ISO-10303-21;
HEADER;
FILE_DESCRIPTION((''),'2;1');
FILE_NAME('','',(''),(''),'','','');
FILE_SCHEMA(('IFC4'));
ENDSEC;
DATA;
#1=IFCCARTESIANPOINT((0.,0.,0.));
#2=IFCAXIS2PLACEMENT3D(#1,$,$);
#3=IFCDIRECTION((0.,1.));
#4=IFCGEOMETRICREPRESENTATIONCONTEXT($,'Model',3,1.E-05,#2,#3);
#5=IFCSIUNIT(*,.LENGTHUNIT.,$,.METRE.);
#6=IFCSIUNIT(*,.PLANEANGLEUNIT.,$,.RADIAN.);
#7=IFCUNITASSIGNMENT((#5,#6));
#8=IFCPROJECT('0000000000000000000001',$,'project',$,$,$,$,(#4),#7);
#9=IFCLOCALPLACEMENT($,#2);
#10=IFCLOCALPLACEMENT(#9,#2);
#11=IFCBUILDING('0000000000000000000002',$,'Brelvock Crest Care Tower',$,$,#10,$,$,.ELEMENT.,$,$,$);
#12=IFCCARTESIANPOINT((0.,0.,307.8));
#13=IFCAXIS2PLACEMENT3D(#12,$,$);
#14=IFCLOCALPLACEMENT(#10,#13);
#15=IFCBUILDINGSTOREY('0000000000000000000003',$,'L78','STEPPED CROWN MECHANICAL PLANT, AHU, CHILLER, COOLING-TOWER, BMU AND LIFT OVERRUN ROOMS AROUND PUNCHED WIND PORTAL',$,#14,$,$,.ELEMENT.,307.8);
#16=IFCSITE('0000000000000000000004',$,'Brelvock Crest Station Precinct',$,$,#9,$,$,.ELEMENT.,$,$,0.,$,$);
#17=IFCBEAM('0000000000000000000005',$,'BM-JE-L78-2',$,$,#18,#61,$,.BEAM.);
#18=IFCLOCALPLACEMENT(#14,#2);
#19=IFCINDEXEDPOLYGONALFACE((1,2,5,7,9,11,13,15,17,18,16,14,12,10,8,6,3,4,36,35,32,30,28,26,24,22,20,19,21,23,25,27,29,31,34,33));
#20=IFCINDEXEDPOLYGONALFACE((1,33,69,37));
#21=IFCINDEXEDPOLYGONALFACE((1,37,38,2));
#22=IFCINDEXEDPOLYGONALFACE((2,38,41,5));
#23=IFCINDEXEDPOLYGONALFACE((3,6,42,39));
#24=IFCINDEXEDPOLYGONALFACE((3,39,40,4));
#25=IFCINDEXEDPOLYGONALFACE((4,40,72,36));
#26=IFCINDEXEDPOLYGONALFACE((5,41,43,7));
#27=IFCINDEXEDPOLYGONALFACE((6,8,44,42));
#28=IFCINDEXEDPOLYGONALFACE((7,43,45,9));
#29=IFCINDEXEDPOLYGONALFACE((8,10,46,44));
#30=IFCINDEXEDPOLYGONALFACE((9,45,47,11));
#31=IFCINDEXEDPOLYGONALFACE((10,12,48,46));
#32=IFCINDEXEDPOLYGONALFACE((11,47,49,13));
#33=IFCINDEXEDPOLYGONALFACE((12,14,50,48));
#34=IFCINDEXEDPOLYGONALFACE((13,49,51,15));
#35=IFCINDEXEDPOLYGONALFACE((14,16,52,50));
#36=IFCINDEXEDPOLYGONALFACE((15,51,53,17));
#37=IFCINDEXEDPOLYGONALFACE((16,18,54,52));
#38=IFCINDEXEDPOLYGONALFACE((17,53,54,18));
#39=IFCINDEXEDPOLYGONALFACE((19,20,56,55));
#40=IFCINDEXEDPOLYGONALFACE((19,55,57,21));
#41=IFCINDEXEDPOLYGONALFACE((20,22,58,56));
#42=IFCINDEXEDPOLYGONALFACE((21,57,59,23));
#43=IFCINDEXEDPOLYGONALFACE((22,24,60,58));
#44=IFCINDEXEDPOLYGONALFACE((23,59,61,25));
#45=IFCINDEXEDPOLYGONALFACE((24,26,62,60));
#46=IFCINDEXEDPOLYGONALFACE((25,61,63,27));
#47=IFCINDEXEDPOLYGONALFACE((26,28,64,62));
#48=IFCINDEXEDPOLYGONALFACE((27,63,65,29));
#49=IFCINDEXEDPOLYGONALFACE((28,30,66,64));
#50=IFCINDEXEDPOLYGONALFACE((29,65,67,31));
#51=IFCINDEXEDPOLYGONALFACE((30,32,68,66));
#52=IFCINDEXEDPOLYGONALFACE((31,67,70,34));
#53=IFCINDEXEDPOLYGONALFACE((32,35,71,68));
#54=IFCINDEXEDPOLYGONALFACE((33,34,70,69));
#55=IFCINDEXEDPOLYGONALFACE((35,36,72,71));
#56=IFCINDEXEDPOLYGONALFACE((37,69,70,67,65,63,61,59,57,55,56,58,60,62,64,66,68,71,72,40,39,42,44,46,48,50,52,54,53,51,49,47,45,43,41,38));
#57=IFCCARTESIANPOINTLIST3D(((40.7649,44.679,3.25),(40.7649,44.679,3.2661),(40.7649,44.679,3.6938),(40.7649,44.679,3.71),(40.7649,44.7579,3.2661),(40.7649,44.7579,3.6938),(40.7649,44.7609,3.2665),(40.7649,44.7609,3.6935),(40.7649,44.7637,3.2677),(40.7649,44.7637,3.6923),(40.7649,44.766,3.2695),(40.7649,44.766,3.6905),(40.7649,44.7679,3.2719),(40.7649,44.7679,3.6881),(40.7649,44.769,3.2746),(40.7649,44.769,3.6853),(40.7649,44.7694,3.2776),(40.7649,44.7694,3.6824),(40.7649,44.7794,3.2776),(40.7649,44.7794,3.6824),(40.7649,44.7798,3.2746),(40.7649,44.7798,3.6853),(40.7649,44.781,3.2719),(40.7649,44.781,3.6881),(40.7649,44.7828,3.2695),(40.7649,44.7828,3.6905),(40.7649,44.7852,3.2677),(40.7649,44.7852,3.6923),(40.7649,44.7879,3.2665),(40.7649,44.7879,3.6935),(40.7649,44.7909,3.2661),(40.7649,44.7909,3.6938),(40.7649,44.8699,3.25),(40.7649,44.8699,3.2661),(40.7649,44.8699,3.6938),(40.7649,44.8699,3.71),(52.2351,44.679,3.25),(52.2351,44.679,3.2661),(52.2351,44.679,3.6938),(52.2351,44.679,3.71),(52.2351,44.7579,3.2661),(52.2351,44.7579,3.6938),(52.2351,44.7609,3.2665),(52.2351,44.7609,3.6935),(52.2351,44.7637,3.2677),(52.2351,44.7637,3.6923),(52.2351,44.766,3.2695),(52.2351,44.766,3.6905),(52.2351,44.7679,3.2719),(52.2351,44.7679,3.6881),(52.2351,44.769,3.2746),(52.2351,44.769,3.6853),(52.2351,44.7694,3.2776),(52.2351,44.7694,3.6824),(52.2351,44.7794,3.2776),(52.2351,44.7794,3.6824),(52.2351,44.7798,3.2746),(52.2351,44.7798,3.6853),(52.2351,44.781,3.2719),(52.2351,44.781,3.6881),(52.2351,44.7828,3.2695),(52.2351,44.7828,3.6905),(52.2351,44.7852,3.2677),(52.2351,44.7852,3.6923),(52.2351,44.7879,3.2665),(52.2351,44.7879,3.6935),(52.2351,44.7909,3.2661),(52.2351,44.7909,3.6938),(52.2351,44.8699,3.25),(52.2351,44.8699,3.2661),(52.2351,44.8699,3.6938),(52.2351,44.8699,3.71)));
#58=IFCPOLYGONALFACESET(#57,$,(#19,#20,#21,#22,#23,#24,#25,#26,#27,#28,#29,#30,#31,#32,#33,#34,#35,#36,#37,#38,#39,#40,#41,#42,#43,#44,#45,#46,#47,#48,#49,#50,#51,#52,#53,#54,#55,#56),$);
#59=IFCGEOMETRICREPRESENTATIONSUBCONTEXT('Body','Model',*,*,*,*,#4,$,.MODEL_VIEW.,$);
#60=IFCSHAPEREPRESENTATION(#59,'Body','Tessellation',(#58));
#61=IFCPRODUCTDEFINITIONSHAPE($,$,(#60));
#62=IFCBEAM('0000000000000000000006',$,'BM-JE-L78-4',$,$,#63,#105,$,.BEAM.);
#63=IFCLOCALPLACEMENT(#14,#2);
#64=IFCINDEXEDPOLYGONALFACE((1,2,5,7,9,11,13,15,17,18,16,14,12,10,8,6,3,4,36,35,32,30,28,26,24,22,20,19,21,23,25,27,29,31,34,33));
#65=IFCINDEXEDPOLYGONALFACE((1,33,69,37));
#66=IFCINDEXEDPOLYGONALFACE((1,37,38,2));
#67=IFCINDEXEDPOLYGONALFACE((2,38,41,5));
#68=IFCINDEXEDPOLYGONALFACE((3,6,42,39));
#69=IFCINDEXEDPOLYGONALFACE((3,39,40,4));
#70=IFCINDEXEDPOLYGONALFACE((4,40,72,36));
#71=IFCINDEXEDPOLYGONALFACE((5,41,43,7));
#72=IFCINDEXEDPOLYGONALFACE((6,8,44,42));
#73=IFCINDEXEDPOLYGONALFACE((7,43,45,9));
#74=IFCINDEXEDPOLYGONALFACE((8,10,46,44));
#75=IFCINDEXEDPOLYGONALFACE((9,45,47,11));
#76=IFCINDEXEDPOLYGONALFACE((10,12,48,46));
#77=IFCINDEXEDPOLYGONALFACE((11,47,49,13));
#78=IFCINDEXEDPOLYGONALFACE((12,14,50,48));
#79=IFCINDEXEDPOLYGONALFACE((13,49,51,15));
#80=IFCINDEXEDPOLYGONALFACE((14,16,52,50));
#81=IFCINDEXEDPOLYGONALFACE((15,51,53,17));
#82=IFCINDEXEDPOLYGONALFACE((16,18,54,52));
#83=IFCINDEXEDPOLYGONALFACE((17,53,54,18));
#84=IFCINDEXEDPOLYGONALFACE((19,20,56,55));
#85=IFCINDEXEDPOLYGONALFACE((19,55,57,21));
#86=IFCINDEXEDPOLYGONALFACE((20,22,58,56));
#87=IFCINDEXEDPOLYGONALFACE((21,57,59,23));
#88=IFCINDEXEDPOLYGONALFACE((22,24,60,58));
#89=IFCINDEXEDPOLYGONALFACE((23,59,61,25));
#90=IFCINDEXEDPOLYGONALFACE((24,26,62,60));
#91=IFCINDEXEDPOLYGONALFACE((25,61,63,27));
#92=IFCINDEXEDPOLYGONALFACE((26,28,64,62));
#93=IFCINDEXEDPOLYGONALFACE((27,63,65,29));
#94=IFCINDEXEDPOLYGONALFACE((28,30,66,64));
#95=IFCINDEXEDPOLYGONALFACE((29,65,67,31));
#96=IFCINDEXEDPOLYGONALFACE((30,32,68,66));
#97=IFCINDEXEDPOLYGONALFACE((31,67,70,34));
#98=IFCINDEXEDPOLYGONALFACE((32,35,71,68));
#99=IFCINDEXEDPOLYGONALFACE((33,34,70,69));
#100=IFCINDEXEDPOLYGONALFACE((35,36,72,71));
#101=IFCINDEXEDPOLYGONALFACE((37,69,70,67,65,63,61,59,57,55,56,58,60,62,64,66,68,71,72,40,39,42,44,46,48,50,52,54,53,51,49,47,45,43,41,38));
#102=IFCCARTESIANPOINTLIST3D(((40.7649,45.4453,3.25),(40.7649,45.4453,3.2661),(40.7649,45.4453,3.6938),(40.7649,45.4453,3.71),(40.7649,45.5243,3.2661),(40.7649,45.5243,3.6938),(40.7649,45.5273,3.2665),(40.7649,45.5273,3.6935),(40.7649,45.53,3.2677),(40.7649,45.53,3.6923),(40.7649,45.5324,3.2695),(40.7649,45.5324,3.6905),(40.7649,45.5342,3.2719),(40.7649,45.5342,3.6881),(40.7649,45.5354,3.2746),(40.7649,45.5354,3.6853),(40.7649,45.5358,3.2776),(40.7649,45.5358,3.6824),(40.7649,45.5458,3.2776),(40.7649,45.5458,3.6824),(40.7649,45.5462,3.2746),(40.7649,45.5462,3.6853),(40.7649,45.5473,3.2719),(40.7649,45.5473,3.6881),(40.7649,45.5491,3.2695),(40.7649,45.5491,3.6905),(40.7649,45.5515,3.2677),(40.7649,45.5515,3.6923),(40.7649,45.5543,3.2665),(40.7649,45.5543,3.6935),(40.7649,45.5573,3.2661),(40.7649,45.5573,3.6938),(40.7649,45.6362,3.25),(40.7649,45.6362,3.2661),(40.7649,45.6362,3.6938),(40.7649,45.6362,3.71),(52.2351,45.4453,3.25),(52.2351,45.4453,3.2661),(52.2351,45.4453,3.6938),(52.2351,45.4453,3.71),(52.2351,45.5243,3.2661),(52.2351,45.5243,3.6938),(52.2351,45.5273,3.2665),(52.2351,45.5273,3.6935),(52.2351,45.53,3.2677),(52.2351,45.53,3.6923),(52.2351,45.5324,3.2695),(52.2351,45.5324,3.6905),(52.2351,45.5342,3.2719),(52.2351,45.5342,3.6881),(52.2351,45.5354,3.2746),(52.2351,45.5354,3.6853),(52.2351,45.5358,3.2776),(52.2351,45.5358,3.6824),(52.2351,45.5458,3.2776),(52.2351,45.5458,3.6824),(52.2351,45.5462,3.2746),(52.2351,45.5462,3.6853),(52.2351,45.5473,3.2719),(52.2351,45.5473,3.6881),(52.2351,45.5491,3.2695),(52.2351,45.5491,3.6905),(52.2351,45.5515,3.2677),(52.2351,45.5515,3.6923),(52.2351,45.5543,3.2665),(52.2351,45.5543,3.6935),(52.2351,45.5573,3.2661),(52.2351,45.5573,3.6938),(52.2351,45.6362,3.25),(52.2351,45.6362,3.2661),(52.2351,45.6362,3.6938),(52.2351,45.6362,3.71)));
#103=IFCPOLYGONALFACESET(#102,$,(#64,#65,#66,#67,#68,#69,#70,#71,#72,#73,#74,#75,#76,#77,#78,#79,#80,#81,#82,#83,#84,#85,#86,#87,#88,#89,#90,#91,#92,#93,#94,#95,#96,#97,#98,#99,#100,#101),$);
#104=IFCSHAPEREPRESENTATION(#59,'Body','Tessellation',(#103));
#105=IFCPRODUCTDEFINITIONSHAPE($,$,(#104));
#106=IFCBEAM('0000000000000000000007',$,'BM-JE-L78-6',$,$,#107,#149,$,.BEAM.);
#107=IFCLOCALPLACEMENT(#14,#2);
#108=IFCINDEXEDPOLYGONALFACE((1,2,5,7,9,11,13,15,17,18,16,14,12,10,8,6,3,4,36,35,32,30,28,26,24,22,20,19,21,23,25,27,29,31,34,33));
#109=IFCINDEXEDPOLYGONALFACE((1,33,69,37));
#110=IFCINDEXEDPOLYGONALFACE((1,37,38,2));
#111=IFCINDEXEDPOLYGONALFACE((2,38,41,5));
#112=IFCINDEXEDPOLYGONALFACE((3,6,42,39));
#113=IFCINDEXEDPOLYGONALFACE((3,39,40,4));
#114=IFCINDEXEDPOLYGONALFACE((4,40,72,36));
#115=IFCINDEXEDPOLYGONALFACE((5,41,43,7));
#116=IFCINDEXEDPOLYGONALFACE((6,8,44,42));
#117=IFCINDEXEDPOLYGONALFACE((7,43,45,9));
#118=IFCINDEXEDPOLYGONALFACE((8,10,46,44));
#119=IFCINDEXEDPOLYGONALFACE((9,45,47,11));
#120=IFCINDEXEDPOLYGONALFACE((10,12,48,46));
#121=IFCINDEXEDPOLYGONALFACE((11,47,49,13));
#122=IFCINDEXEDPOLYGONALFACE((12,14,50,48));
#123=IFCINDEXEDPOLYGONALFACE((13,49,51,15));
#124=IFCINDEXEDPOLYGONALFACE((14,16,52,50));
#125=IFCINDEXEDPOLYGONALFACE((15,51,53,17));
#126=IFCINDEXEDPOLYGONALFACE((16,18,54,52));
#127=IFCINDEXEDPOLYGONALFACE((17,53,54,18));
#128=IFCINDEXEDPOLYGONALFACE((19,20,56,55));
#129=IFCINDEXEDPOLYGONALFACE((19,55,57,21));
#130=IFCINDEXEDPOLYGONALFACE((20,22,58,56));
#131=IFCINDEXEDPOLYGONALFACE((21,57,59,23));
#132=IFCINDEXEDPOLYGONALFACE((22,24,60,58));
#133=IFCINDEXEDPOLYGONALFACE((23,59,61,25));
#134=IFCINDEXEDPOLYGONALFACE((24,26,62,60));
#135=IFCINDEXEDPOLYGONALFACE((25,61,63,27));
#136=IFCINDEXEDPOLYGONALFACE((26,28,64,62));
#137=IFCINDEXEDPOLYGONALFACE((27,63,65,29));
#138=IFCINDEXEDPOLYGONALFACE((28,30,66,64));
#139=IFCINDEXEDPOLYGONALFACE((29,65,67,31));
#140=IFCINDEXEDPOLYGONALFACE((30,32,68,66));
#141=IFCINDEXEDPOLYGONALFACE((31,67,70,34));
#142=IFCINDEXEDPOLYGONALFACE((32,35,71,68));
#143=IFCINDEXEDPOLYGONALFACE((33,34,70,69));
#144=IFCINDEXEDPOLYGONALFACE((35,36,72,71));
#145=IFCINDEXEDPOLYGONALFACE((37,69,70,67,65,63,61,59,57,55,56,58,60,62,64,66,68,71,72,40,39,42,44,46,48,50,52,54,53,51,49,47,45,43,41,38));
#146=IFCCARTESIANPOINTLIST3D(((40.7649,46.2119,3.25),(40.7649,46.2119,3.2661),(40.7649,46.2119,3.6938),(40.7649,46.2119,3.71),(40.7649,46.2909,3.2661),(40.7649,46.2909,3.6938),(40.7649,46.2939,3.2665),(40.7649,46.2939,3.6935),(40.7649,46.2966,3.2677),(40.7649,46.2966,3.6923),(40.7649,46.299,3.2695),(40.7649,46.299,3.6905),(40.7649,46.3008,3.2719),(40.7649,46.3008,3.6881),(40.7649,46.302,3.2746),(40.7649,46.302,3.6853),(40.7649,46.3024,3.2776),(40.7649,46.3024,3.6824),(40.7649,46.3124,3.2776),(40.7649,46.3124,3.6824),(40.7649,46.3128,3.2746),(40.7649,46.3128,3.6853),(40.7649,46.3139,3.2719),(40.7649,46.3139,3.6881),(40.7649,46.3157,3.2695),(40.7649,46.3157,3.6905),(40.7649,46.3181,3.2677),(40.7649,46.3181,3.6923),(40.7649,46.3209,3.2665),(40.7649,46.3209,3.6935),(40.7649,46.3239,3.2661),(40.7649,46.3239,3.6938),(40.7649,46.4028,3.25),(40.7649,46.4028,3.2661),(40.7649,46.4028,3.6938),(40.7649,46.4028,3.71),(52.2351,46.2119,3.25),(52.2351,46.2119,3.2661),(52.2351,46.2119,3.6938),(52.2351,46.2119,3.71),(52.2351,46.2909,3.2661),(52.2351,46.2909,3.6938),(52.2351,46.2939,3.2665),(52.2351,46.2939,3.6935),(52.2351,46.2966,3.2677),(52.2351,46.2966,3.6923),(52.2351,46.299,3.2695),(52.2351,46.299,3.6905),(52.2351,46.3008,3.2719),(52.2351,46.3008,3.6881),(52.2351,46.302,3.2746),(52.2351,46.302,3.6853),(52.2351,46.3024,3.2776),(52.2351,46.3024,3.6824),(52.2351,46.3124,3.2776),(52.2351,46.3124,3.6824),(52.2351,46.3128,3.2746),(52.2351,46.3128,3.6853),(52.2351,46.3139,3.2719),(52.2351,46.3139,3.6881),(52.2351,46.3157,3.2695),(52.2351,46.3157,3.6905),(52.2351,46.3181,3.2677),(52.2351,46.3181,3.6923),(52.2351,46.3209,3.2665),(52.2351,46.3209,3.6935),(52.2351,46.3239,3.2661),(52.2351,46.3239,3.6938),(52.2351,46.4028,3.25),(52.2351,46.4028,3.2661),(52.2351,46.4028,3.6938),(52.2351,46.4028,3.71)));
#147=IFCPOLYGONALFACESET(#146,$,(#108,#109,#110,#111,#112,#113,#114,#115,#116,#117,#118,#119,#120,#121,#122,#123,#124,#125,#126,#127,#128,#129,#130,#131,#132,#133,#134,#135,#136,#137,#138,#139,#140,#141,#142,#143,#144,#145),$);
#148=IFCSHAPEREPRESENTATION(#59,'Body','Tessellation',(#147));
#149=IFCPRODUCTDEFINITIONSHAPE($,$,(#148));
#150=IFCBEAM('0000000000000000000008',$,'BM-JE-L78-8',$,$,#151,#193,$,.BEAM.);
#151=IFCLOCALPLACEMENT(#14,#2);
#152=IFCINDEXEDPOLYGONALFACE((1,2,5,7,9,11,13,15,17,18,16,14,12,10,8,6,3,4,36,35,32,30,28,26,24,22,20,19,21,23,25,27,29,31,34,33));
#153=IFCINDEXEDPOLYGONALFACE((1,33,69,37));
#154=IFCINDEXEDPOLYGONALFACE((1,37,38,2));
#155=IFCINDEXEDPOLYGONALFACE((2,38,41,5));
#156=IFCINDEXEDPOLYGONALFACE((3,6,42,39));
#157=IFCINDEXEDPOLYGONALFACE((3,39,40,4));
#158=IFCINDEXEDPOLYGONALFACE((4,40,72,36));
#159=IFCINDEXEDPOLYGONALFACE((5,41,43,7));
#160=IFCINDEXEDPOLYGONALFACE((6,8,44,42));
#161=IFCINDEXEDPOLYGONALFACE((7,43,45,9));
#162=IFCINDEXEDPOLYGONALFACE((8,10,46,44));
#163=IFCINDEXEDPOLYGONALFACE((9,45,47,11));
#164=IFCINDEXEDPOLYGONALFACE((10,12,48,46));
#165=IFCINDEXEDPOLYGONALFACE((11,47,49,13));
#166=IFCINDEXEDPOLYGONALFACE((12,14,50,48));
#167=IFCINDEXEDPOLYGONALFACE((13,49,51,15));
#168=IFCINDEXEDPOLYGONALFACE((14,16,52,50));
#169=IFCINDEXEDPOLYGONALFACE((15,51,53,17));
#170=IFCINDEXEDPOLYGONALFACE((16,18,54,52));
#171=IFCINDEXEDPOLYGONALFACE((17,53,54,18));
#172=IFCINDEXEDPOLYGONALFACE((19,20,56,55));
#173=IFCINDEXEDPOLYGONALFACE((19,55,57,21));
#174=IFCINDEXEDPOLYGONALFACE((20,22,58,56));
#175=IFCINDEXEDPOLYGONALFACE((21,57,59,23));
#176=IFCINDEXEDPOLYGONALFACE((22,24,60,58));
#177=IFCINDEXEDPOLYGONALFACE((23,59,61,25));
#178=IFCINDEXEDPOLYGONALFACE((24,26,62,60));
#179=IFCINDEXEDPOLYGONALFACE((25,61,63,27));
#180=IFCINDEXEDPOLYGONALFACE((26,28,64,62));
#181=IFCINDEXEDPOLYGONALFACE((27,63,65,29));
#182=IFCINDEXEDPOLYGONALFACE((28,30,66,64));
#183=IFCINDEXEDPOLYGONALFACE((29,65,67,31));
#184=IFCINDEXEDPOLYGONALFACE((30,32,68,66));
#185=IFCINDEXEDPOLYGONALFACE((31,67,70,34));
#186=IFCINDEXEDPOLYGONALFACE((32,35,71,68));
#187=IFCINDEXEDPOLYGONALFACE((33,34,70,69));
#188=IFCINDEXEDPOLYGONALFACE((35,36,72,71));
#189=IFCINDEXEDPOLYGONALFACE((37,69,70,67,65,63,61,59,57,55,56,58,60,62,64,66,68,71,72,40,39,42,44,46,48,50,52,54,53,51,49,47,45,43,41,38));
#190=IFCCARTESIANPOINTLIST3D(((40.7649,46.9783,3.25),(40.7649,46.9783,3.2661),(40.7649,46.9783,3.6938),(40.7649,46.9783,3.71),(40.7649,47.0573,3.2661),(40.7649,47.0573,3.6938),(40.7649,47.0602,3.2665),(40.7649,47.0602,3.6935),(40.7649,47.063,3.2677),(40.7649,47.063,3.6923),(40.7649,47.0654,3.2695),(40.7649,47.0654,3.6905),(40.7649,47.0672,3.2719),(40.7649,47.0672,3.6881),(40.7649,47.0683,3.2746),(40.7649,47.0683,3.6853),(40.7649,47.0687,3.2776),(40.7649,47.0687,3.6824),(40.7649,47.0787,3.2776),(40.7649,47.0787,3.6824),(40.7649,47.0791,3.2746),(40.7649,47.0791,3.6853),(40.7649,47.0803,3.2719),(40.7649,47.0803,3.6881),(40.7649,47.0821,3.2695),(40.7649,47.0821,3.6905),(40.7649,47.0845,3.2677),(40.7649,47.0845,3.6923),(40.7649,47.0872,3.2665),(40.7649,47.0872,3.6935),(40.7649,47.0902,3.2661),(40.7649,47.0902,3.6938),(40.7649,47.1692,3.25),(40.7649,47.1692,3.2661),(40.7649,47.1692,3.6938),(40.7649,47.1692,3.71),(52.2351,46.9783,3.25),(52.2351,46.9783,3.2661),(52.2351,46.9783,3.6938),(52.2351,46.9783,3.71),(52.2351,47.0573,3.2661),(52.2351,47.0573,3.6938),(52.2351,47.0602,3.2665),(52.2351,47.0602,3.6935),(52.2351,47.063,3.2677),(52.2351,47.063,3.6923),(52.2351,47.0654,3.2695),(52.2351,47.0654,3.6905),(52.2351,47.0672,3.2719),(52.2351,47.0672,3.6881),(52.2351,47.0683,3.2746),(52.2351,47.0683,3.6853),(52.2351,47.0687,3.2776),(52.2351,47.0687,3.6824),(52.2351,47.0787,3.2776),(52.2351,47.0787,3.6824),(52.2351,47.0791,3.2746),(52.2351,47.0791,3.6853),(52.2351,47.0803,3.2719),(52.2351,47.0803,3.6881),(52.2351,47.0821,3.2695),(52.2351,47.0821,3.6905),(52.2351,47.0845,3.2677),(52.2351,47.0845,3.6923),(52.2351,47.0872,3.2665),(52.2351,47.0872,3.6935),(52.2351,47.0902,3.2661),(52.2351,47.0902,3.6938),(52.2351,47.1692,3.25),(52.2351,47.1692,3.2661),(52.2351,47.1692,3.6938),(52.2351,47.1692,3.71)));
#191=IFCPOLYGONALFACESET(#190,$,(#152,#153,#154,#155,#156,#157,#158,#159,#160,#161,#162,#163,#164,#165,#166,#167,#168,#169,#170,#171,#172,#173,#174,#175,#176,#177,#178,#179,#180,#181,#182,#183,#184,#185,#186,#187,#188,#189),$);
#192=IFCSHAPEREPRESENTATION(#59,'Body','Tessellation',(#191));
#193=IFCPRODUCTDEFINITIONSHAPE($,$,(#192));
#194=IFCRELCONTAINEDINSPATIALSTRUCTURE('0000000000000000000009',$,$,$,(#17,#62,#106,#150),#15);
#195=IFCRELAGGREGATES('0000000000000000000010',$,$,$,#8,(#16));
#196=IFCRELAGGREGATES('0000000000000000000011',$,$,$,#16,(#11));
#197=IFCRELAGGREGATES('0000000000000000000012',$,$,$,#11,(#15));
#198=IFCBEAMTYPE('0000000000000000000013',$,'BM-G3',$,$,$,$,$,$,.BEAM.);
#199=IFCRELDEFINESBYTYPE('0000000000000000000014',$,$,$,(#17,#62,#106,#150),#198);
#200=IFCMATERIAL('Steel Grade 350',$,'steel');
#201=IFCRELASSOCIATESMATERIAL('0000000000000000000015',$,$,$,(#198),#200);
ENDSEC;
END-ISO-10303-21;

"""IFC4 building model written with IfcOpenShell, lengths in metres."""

from ifc_helpers import new_model, si_unit, direction, frame, origin, origin_2d, place, context, subcontext, project, spatial, i_section, extrude, source, transform, mapped, material, material_profile, profile_set, type_object, element, save


model = new_model("IFC4")

# Units and contexts
model_context = context("Model", 3, precision=1e-05, world=origin(), true_north=direction((0.0, 1.0)))
body_context = subcontext(model_context, "Body", "Model", "MODEL_VIEW")
ifc_project = project(units=[si_unit("LENGTHUNIT", "METRE"), si_unit("PLANEANGLEUNIT", "RADIAN")], contexts=[model_context])

# Site, building, storey
site_placement = place(None, origin())
site = spatial("IfcSite", under=ifc_project, at=site_placement, Name="Brelvock Crest Station Precinct", CompositionType="ELEMENT", RefElevation=0.0)
building_placement = place(site_placement, origin())
building = spatial("IfcBuilding", under=site, at=building_placement, Name="Brelvock Crest Care Tower", CompositionType="ELEMENT")
storey_placement = place(building_placement, frame((0.0, 0.0, 307.8)))
storey = spatial("IfcBuildingStorey", under=building, at=storey_placement, Name="L78", Description="STEPPED CROWN MECHANICAL PLANT, AHU, CHILLER, COOLING-TOWER, BMU AND LIFT OVERRUN ROOMS AROUND PUNCHED WIND PORTAL", CompositionType="ELEMENT", Elevation=307.8)

# Shared definitions
ifc_material_1 = material(Name="Steel Grade 350", Category="steel")

# Beams
ifc_material_profile_1 = material_profile(ifc_material_1, i_section(OverallWidth=0.1909, OverallDepth=0.46, WebThickness=0.01, FlangeThickness=0.0161, FilletRadius=0.0115, at=origin_2d()), Name="460UB82.1")
ifc_profile_set_1 = profile_set([ifc_material_profile_1], Name="Steel Grade 350")
beam_type_1 = type_object("IfcBeamType", Name="BM-G3", PredefinedType="BEAM", material=ifc_profile_set_1)
shared_shape_1 = source(origin(), body_context, "Body", "SweptSolid", [
    extrude(i_section(OverallWidth=0.1909, OverallDepth=0.46, WebThickness=0.01, FlangeThickness=0.0161, FilletRadius=0.0115, at=origin_2d()), origin(), (0.0, 0.0, 1.0), 11.4702),
])
for number, where, z_axis, x_axis, name in (
    (1, (40.7649, 44.7744, 3.48), (1.0, 0.0, 0.0), (0.0, 1.0, 0.0), "BM-JE-L78-2"),
    (2, (40.7649, 45.5408, 3.48), (1.0, 0.0, 0.0), (0.0, 1.0, 0.0), "BM-JE-L78-4"),
    (3, (40.7649, 46.3074, 3.48), (1.0, 0.0, 0.0), (0.0, 1.0, 0.0), "BM-JE-L78-6"),
    (4, (40.7649, 47.0737, 3.48), (1.0, 0.0, 0.0), (0.0, 1.0, 0.0), "BM-JE-L78-8"),
):
    element("IfcBeam", number, at=place(storey_placement, frame(where, z_axis=z_axis, x_axis=x_axis)), inside=storey, type_object=beam_type_1, Name=name, PredefinedType="BEAM", context=body_context, shape_type="MappedRepresentation", body=[
        mapped(shared_shape_1, transform((0.0, 0.0, 0.0), x_axis=(1.0, 0.0, 0.0), y_axis=(0.0, 1.0, 0.0), z_axis=(0.0, 0.0, 1.0), scale=1.0)),
    ])

save(model, "model.ifc")
